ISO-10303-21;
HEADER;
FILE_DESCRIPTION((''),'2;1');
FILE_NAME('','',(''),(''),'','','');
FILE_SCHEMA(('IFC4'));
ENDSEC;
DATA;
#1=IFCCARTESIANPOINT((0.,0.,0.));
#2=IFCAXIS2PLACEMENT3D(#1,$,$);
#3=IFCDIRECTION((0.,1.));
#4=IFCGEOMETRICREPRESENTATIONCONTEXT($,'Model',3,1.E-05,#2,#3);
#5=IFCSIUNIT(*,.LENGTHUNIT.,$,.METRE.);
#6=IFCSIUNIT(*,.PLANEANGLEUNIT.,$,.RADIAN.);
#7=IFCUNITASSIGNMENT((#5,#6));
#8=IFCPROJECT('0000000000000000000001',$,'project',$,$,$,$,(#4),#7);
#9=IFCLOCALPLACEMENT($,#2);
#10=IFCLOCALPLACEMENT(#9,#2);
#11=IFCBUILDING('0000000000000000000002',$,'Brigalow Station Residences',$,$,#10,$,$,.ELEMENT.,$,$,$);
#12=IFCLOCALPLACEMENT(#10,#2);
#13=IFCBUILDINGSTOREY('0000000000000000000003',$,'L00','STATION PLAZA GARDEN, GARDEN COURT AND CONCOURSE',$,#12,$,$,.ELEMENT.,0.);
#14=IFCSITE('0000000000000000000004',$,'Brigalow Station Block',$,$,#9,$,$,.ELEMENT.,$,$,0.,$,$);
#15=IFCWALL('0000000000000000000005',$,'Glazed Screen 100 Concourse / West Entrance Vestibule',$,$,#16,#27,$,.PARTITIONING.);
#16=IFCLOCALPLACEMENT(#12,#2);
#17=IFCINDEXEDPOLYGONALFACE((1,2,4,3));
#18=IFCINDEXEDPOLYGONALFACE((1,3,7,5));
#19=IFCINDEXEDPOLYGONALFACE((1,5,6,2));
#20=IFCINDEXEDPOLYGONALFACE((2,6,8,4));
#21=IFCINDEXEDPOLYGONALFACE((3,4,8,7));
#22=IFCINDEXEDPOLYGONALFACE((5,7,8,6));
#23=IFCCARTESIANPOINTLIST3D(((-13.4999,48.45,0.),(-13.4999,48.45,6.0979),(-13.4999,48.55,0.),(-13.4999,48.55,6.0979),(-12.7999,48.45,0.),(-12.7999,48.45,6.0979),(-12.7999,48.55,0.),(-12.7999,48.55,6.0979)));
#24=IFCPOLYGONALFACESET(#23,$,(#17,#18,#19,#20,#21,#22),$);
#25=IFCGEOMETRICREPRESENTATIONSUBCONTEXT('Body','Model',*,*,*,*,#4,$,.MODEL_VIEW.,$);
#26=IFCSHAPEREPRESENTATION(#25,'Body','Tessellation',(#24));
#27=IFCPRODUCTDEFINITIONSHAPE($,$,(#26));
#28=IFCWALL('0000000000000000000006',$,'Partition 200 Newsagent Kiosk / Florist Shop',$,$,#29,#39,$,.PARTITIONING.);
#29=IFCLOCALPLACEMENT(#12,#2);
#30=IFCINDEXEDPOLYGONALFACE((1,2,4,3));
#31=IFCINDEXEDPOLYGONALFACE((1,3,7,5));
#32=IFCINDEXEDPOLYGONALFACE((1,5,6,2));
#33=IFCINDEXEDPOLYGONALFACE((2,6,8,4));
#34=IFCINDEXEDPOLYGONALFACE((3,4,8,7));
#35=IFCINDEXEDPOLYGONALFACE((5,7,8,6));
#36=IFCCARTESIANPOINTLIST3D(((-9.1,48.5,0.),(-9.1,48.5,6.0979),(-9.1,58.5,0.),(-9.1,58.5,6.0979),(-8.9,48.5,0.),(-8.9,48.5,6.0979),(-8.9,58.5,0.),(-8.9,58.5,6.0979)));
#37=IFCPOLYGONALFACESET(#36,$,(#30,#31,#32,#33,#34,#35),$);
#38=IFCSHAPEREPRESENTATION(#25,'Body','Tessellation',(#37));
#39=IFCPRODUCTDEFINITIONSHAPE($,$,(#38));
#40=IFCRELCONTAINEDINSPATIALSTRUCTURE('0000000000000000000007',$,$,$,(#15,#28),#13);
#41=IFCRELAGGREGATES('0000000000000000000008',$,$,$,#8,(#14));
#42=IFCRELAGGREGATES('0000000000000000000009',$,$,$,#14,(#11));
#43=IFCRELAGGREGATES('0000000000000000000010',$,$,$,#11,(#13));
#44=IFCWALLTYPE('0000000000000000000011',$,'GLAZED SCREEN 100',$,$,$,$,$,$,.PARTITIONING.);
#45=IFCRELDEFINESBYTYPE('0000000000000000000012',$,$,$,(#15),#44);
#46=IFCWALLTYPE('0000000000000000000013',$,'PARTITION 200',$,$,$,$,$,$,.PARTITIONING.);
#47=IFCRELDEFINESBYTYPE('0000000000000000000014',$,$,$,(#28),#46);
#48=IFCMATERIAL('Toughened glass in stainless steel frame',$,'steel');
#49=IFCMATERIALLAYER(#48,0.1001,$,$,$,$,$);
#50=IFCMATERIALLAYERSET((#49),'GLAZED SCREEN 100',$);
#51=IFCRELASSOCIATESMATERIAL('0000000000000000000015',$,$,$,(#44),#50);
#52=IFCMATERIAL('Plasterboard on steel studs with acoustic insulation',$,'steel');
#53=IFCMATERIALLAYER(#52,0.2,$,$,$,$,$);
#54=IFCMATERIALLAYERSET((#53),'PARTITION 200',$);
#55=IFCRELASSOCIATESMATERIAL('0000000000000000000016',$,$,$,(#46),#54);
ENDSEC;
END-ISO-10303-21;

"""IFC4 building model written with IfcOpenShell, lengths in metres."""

from ifc_helpers import new_model, si_unit, direction, frame, frame_2d, origin, place, context, subcontext, project, spatial, rectangle, extrude, material, layer, layer_set, type_object, element, save


model = new_model("IFC4")

# Units and contexts
model_context = context("Model", 3, precision=1e-05, world=origin(), true_north=direction((0.0, 1.0)))
body_context = subcontext(model_context, "Body", "Model", "MODEL_VIEW")
ifc_project = project(units=[si_unit("LENGTHUNIT", "METRE"), si_unit("PLANEANGLEUNIT", "RADIAN")], contexts=[model_context])

# Site, building, storey
site_placement = place(None, origin())
site = spatial("IfcSite", under=ifc_project, at=site_placement, Name="Brigalow Station Block", CompositionType="ELEMENT", RefElevation=0.0)
building_placement = place(site_placement, origin())
building = spatial("IfcBuilding", under=site, at=building_placement, Name="Brigalow Station Residences", CompositionType="ELEMENT")
storey_placement = place(building_placement, origin())
storey = spatial("IfcBuildingStorey", under=building, at=storey_placement, Name="L00", Description="STATION PLAZA GARDEN, GARDEN COURT AND CONCOURSE", CompositionType="ELEMENT", Elevation=0.0)

# Walls
ifc_material_1 = material(Name="Toughened glass in stainless steel frame", Category="steel")
ifc_layer_1 = layer(ifc_material_1, 0.1001)
ifc_layer_set_1 = layer_set([ifc_layer_1], Name="GLAZED SCREEN 100")
wall_type_1 = type_object("IfcWallType", Name="GLAZED SCREEN 100", PredefinedType="PARTITIONING", material=ifc_layer_set_1)
wall_1_placement = place(storey_placement, frame((-13.5, 48.5, 0.0), z_axis=(0.0, 0.0, 1.0), x_axis=(1.0, 0.0, 0.0)))
element("IfcWall", 1, at=wall_1_placement, inside=storey, type_object=wall_type_1, Name="Glazed Screen 100 Concourse / West Entrance Vestibule", PredefinedType="PARTITIONING", context=body_context, shape_type="SweptSolid", body=[
    extrude(rectangle(XDim=0.7, YDim=0.1001, at=frame_2d((0.3501, 0.0))), origin(), (0.0, 0.0, 1.0), 6.0979),
])
ifc_material_2 = material(Name="Plasterboard on steel studs with acoustic insulation", Category="steel")
ifc_layer_2 = layer(ifc_material_2, 0.2)
ifc_layer_set_2 = layer_set([ifc_layer_2], Name="PARTITION 200")
wall_type_2 = type_object("IfcWallType", Name="PARTITION 200", PredefinedType="PARTITIONING", material=ifc_layer_set_2)
wall_2_placement = place(storey_placement, frame((-9.0, 48.5, 0.0), z_axis=(0.0, 0.0, 1.0), x_axis=(0.0, 1.0, 0.0)))
element("IfcWall", 2, at=wall_2_placement, inside=storey, type_object=wall_type_2, Name="Partition 200 Newsagent Kiosk / Florist Shop", PredefinedType="PARTITIONING", context=body_context, shape_type="SweptSolid", body=[
    extrude(rectangle(XDim=10.0, YDim=0.2, at=frame_2d((5.0, 0.0))), origin(), (0.0, 0.0, 1.0), 6.0979),
])

save(model, "model.ifc")
